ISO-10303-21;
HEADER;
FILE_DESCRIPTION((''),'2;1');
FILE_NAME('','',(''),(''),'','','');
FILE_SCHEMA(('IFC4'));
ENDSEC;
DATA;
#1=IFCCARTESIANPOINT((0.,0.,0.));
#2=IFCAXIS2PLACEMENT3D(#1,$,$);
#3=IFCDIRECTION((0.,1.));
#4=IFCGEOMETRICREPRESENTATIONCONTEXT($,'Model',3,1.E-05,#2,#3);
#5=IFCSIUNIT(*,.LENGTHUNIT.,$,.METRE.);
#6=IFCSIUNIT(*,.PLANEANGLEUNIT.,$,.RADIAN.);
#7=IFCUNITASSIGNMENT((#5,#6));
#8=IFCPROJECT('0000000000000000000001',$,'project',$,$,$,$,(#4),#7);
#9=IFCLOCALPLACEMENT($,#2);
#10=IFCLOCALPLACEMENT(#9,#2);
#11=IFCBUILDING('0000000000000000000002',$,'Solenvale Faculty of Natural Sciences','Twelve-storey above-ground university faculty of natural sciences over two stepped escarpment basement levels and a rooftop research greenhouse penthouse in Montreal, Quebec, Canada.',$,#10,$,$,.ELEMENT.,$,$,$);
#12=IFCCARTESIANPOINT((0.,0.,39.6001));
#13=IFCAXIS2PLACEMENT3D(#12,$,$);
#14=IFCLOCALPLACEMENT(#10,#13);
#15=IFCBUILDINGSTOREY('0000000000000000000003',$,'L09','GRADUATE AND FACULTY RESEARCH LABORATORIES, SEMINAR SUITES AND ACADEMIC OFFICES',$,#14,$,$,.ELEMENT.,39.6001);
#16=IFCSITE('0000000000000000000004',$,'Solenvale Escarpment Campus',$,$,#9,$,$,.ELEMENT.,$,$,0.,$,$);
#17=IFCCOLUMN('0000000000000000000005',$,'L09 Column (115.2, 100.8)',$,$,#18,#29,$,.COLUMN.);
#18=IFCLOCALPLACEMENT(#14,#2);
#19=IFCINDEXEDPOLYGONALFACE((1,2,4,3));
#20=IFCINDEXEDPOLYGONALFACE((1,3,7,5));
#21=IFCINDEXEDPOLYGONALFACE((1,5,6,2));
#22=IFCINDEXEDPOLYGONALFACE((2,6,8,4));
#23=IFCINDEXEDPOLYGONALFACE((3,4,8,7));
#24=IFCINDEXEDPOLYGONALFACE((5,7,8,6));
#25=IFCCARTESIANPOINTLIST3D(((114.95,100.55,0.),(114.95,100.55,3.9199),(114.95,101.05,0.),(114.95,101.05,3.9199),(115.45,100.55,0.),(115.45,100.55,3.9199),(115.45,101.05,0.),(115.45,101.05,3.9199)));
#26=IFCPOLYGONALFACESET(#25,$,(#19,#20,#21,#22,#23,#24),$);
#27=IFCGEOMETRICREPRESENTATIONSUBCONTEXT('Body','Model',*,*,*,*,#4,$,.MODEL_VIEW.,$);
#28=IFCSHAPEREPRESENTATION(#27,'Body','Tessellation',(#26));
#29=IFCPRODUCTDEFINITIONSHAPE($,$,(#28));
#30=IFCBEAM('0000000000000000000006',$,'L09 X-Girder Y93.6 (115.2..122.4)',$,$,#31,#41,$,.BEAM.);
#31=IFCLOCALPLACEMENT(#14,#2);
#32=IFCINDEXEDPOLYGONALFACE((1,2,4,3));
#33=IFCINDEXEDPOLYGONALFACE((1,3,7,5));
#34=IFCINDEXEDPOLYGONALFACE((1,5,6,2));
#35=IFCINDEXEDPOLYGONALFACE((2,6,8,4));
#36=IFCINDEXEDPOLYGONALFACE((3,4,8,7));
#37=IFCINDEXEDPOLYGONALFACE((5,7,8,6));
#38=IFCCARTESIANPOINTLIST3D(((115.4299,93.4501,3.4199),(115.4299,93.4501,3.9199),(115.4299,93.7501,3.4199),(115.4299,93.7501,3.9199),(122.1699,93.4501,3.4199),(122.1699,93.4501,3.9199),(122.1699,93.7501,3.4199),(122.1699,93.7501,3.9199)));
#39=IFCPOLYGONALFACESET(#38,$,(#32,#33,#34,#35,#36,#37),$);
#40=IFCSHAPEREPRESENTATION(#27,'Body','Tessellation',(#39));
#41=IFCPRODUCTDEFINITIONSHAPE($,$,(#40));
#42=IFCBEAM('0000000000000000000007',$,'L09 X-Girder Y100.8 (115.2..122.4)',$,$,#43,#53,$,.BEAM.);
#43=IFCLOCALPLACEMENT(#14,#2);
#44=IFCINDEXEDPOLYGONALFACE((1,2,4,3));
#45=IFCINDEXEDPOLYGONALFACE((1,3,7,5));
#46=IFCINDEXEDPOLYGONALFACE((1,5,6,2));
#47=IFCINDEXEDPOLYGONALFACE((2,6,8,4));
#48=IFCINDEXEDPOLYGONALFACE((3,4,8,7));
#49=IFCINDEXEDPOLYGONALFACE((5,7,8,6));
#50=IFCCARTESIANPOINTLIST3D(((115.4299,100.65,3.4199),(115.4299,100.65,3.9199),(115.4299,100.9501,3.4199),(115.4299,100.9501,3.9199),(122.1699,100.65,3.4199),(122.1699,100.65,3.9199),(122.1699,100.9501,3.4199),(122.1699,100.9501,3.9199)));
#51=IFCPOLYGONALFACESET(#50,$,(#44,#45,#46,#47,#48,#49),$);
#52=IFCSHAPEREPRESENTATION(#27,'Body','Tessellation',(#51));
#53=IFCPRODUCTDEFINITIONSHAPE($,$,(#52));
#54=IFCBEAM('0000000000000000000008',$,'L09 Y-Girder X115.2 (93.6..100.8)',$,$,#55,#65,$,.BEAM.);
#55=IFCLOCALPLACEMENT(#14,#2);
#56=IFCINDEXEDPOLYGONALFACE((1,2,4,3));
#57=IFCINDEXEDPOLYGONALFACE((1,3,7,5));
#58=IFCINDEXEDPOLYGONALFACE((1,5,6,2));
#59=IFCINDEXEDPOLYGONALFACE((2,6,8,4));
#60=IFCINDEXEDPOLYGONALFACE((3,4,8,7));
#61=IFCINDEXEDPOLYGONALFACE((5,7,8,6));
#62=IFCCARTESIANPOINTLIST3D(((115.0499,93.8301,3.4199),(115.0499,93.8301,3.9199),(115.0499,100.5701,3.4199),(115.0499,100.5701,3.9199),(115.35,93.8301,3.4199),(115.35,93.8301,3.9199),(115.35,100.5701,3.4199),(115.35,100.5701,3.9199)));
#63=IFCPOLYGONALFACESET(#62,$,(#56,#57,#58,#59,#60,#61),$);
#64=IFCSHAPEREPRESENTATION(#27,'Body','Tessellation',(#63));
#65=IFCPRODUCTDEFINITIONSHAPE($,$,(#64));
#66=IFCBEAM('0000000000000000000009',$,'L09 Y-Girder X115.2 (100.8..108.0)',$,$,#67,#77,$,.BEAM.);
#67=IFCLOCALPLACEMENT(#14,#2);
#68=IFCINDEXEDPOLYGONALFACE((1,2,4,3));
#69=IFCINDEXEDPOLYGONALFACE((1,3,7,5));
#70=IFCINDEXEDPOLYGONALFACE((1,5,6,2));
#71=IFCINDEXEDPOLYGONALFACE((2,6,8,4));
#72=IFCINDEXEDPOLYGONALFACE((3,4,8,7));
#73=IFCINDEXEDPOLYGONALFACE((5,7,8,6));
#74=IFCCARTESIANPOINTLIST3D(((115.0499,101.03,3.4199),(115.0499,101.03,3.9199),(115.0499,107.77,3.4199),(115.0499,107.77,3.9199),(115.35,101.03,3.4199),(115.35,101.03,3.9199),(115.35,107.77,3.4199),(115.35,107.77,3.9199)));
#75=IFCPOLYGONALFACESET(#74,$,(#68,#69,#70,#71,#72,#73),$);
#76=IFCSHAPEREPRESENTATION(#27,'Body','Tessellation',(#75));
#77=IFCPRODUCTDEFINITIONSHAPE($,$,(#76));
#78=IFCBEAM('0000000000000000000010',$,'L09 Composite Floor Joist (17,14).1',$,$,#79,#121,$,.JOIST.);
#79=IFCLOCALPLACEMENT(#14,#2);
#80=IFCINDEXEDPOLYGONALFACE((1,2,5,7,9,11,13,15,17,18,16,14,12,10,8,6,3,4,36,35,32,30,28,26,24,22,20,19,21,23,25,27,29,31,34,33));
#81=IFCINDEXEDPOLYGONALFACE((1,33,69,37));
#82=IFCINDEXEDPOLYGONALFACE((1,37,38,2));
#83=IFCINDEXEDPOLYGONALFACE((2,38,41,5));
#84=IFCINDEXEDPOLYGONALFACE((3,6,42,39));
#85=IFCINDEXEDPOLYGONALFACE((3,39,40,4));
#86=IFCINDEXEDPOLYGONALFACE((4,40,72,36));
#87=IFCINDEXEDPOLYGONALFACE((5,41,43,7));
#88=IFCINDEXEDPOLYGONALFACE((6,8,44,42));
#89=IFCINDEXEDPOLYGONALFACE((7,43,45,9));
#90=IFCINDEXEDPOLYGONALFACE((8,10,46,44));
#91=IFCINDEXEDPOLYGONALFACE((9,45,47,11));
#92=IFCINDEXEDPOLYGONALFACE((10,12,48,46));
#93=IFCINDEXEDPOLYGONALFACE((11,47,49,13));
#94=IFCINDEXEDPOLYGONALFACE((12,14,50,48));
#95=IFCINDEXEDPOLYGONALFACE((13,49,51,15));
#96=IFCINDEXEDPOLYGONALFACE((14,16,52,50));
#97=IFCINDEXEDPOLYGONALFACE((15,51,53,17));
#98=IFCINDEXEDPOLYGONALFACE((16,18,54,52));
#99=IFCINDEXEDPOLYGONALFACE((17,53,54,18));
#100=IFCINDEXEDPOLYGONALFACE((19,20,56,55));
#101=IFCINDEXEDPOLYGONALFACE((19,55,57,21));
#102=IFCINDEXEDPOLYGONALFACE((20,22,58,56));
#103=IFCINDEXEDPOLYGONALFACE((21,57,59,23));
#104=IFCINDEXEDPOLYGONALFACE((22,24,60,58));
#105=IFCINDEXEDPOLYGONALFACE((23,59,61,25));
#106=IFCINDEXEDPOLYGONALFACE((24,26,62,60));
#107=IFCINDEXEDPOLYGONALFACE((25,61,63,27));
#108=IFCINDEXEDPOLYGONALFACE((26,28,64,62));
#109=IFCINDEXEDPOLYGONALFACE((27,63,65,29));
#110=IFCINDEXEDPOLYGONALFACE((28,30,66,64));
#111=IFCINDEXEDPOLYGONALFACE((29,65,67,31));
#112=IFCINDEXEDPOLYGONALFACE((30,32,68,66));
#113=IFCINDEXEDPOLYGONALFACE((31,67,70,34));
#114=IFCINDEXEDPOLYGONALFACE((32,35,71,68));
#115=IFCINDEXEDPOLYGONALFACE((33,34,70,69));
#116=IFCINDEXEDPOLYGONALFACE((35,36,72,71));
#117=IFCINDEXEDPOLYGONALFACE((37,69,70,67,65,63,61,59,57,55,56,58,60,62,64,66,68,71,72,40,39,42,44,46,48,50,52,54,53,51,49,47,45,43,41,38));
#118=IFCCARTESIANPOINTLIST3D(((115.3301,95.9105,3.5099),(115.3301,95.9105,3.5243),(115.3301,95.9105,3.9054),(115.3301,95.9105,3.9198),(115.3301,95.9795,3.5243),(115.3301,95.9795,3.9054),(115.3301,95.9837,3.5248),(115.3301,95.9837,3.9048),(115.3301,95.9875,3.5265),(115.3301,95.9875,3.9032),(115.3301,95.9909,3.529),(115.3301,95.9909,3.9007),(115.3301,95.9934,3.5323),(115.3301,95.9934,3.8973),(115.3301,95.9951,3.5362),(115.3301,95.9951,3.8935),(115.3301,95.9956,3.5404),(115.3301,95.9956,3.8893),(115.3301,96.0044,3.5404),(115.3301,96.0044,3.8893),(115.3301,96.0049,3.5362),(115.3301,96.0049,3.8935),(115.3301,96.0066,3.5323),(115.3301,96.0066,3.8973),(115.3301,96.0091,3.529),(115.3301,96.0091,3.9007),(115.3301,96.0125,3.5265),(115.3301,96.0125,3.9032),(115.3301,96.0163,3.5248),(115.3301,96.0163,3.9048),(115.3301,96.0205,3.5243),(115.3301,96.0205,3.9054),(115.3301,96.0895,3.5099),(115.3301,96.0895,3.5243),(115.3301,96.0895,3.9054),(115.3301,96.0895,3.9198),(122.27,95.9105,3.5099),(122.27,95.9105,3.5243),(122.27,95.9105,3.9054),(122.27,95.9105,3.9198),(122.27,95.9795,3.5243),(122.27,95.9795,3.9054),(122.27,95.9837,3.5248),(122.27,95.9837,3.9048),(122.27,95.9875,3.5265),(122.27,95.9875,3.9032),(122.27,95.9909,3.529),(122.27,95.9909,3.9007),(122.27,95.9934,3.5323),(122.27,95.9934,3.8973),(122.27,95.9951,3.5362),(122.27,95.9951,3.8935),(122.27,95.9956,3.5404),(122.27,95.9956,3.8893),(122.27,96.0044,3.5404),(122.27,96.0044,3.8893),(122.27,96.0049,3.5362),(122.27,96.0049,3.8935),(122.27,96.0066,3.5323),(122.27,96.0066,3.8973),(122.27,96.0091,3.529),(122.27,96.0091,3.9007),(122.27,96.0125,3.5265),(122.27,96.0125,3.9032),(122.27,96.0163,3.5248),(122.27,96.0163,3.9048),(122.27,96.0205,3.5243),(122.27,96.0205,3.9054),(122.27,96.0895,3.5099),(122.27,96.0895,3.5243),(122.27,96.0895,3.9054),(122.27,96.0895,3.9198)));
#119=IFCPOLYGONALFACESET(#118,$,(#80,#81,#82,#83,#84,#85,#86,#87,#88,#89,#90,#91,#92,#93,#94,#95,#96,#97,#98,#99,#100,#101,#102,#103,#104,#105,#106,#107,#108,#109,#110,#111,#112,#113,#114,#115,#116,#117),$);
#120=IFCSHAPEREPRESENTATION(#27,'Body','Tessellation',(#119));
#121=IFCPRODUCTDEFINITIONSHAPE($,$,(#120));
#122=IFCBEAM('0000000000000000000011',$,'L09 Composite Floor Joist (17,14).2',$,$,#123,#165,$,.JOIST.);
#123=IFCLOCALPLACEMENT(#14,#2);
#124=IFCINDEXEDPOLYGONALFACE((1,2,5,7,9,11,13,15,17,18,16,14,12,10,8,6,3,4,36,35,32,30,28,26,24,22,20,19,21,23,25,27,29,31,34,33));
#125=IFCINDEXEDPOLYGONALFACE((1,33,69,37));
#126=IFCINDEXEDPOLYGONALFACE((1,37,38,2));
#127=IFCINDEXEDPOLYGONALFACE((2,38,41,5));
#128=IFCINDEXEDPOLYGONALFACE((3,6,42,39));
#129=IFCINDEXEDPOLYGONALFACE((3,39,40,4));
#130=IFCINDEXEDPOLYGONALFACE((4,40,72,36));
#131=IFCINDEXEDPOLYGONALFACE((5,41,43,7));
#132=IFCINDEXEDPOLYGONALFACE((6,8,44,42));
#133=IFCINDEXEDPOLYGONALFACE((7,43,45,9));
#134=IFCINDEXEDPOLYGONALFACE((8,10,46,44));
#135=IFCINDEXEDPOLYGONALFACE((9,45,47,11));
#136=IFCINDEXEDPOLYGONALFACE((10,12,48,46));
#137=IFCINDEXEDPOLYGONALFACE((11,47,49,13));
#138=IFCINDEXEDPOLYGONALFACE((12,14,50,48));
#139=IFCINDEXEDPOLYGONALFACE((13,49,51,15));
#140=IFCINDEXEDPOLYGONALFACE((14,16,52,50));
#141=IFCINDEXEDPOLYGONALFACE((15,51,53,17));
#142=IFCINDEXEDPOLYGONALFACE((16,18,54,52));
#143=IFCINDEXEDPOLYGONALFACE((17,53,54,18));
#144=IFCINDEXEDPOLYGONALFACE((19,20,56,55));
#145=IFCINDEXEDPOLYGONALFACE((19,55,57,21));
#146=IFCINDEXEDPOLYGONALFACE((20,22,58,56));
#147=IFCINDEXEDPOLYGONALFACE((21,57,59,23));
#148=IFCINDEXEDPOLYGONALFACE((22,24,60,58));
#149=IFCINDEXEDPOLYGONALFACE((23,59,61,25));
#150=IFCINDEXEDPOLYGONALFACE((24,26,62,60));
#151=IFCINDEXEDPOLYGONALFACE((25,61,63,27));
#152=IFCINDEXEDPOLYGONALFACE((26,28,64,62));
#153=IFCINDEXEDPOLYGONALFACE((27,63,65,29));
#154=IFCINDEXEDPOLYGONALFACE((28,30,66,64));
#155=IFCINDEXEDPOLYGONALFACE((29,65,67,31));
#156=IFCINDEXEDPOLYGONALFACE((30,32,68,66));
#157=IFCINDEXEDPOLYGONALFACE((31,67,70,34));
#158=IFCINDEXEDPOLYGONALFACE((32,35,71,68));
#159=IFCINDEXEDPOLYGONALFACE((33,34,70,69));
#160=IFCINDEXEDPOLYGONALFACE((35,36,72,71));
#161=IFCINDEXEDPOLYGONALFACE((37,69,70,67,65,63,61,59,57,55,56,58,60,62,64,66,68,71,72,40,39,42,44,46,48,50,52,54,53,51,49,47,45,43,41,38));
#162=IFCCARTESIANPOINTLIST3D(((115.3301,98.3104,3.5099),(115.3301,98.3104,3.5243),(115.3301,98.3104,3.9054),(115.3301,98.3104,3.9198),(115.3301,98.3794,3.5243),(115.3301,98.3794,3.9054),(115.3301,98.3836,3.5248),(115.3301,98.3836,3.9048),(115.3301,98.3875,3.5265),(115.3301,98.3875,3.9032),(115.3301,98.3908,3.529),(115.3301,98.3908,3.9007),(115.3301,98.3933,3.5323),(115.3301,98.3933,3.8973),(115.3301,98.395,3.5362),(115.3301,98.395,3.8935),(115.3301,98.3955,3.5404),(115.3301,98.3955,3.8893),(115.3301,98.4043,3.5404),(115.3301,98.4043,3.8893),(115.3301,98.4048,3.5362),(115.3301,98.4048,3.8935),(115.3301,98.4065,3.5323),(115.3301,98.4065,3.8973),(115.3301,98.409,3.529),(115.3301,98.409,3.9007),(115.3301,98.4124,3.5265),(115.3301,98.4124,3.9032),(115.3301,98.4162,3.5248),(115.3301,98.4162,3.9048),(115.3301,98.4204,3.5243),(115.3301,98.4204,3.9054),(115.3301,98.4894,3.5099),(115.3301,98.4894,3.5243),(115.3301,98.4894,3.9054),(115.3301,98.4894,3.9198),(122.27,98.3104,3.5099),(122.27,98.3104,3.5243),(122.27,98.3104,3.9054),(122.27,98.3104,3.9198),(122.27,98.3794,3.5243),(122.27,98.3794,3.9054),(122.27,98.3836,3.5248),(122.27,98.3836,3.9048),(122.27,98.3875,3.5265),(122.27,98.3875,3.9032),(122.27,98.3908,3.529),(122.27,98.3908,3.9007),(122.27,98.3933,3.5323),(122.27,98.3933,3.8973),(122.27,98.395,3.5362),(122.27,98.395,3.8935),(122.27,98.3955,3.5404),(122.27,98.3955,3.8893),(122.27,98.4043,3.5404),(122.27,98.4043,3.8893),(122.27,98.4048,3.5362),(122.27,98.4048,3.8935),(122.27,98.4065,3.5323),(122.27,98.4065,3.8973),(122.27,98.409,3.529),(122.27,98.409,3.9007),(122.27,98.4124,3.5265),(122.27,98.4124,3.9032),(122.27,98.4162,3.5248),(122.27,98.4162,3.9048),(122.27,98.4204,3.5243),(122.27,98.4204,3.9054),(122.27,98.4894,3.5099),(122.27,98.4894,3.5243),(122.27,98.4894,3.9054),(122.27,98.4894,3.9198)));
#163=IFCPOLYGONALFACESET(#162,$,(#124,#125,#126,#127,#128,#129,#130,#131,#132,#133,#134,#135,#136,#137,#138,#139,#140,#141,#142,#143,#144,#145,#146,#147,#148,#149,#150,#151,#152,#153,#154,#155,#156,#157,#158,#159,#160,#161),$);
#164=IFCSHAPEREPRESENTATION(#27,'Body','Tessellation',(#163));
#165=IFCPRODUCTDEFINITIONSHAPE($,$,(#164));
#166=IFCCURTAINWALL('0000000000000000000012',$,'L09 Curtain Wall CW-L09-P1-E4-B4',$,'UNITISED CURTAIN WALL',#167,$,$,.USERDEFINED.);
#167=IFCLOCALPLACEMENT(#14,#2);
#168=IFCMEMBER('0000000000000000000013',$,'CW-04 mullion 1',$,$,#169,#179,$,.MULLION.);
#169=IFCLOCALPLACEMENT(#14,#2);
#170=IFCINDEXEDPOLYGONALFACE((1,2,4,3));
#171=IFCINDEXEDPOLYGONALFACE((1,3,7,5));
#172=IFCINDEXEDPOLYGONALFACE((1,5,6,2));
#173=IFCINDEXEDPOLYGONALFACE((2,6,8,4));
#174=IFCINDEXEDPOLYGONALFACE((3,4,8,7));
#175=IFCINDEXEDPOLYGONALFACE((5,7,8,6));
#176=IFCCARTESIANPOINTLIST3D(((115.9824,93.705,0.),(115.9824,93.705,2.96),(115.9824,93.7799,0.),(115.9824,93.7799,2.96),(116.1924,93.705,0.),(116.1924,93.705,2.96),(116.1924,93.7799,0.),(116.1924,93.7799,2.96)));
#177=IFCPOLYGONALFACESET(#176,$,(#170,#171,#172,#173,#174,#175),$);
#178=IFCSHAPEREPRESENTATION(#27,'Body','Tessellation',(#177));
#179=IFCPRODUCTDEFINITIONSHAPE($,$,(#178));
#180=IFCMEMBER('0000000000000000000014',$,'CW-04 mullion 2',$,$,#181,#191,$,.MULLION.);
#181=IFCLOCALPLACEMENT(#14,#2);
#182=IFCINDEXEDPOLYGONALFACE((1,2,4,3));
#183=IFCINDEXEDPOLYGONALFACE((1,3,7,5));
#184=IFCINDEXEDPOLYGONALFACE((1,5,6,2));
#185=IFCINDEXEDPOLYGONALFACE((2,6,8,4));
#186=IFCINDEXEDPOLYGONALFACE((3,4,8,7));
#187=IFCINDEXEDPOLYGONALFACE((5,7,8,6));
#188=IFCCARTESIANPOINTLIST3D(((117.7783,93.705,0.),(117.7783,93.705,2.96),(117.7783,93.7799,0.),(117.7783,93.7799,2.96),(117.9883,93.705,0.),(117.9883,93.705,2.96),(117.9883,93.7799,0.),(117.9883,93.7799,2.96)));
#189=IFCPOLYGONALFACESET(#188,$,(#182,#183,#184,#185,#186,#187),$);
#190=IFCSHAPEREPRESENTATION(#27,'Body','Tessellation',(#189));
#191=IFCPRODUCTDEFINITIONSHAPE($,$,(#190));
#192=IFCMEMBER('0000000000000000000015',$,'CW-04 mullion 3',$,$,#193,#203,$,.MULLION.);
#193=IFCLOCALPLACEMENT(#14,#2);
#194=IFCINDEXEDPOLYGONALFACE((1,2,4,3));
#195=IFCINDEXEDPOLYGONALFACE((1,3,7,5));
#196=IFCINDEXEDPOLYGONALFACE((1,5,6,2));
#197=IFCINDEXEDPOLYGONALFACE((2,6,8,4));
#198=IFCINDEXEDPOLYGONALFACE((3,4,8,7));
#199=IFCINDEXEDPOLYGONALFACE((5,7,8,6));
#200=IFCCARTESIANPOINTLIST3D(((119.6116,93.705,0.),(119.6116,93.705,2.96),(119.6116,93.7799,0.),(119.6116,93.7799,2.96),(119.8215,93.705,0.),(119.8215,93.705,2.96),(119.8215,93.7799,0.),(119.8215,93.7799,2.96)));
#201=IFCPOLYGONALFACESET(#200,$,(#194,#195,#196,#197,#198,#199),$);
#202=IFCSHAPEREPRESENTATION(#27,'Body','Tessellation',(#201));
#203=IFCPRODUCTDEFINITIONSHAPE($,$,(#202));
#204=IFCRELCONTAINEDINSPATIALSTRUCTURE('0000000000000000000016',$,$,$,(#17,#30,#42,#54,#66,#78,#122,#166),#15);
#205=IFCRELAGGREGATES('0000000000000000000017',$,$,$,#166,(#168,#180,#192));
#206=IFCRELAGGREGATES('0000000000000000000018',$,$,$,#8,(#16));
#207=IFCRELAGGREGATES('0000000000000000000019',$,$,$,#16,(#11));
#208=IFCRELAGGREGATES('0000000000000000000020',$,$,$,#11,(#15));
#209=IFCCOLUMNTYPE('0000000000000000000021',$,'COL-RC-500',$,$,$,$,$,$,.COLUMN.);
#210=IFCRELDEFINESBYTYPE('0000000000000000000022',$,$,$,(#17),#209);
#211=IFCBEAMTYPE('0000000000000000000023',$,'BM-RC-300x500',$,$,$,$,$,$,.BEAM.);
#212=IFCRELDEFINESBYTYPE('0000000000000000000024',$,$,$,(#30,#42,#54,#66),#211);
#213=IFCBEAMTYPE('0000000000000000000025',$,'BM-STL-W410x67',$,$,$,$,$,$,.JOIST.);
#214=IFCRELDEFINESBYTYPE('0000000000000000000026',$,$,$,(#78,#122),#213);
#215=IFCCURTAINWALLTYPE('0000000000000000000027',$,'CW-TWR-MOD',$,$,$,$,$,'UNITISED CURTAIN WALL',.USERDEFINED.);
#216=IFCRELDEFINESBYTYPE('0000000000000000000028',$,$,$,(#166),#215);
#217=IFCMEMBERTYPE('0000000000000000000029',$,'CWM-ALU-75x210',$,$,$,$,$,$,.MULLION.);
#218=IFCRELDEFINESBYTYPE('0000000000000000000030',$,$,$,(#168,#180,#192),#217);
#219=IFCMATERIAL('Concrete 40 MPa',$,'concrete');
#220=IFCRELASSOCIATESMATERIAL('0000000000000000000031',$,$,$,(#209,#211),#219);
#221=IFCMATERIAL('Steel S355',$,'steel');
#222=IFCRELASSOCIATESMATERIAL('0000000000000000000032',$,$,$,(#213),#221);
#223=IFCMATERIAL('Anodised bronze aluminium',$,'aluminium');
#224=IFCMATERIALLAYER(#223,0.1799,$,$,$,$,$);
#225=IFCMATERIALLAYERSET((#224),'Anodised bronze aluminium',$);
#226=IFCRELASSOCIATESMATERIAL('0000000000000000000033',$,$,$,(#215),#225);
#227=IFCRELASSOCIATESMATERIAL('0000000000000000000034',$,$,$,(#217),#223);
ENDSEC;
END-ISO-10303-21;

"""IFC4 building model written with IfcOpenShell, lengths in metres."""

from ifc_helpers import new_model, si_unit, direction, frame, origin, origin_2d, place, context, subcontext, project, spatial, rectangle, i_section, extrude, material, layer, layer_set, material_profile, profile_set, type_object, element, aggregate, save


model = new_model("IFC4")

# Units and contexts
model_context = context("Model", 3, precision=1e-05, world=origin(), true_north=direction((0.0, 1.0)))
body_context = subcontext(model_context, "Body", "Model", "MODEL_VIEW")
ifc_project = project(units=[si_unit("LENGTHUNIT", "METRE"), si_unit("PLANEANGLEUNIT", "RADIAN")], contexts=[model_context])

# Site, building, storey
site_placement = place(None, origin())
site = spatial("IfcSite", under=ifc_project, at=site_placement, Name="Solenvale Escarpment Campus", CompositionType="ELEMENT", RefElevation=0.0)
building_placement = place(site_placement, origin())
building = spatial("IfcBuilding", under=site, at=building_placement, Name="Solenvale Faculty of Natural Sciences", Description="Twelve-storey above-ground university faculty of natural sciences over two stepped escarpment basement levels and a rooftop research greenhouse penthouse in Montreal, Quebec, Canada.", CompositionType="ELEMENT")
storey_placement = place(building_placement, frame((0.0, 0.0, 39.6001)))
storey = spatial("IfcBuildingStorey", under=building, at=storey_placement, Name="L09", Description="GRADUATE AND FACULTY RESEARCH LABORATORIES, SEMINAR SUITES AND ACADEMIC OFFICES", CompositionType="ELEMENT", Elevation=39.6001)

# Column
ifc_material_1 = material(Name="Concrete 40 MPa", Category="concrete")
ifc_material_profile_1 = material_profile(ifc_material_1, rectangle(XDim=0.5, YDim=0.5, at=origin_2d()), Name="RC-COL-500x500")
ifc_profile_set_1 = profile_set([ifc_material_profile_1], Name="Concrete 40 MPa")
column_type = type_object("IfcColumnType", Name="COL-RC-500", PredefinedType="COLUMN", material=ifc_profile_set_1)
column_placement = place(storey_placement, frame((115.2, 100.8, 0.0), z_axis=(0.0, 0.0, 1.0), x_axis=(1.0, 0.0, 0.0)))
element("IfcColumn", 1, at=column_placement, inside=storey, type_object=column_type, Name="L09 Column (115.2, 100.8)", PredefinedType="COLUMN", context=body_context, shape_type="SweptSolid", body=[
    extrude(rectangle(XDim=0.5, YDim=0.5, at=origin_2d()), origin(), (0.0, 0.0, 1.0), 3.9199),
])

# Beams
ifc_material_profile_2 = material_profile(ifc_material_1, rectangle(XDim=0.3, YDim=0.5, at=origin_2d()), Name="RC-BM-300x500")
ifc_profile_set_2 = profile_set([ifc_material_profile_2], Name="Concrete 40 MPa")
beam_type_1 = type_object("IfcBeamType", Name="BM-RC-300x500", PredefinedType="BEAM", material=ifc_profile_set_2)
for number, where, z_axis, x_axis, name in (
    (2, (115.4299, 93.6001, 3.6699), (1.0, 0.0, 0.0), (0.0, 1.0, 0.0), "L09 X-Girder Y93.6 (115.2..122.4)"),
    (3, (115.4299, 100.8, 3.6699), (1.0, 0.0, 0.0), (0.0, 1.0, 0.0), "L09 X-Girder Y100.8 (115.2..122.4)"),
    (4, (115.2, 93.8301, 3.6699), (0.0, 1.0, 0.0), (-1.0, 0.0, 0.0), "L09 Y-Girder X115.2 (93.6..100.8)"),
    (5, (115.2, 101.03, 3.6699), (0.0, 1.0, 0.0), (-1.0, 0.0, 0.0), "L09 Y-Girder X115.2 (100.8..108.0)"),
):
    element("IfcBeam", number, at=place(storey_placement, frame(where, z_axis=z_axis, x_axis=x_axis)), inside=storey, type_object=beam_type_1, Name=name, PredefinedType="BEAM", context=body_context, shape_type="SweptSolid", body=[
        extrude(rectangle(XDim=0.3, YDim=0.5, at=origin_2d()), origin(), (0.0, 0.0, 1.0), 6.74),
    ])
ifc_material_2 = material(Name="Steel S355", Category="steel")
ifc_material_profile_3 = material_profile(ifc_material_2, i_section(OverallWidth=0.179, OverallDepth=0.4099, WebThickness=0.0088, FlangeThickness=0.0144, FilletRadius=0.0161, at=origin_2d()), Name="W410x67")
ifc_profile_set_3 = profile_set([ifc_material_profile_3], Name="Steel S355")
beam_type_2 = type_object("IfcBeamType", Name="BM-STL-W410x67", PredefinedType="JOIST", material=ifc_profile_set_3)
for number, where, z_axis, x_axis, name in (
    (6, (115.3301, 96.0, 3.7148), (1.0, 0.0, 0.0), (0.0, 1.0, 0.0), "L09 Composite Floor Joist (17,14).1"),
    (7, (115.3301, 98.3999, 3.7148), (1.0, 0.0, 0.0), (0.0, 1.0, 0.0), "L09 Composite Floor Joist (17,14).2"),
):
    element("IfcBeam", number, at=place(storey_placement, frame(where, z_axis=z_axis, x_axis=x_axis)), inside=storey, type_object=beam_type_2, Name=name, PredefinedType="JOIST", context=body_context, shape_type="SweptSolid", body=[
        extrude(i_section(OverallWidth=0.179, OverallDepth=0.4099, WebThickness=0.0088, FlangeThickness=0.0144, FilletRadius=0.0161, at=origin_2d()), origin(), (0.0, 0.0, 1.0), 6.9399),
    ])

# Curtain wall, members
ifc_material_3 = material(Name="Anodised bronze aluminium", Category="aluminium")
ifc_layer_1 = layer(ifc_material_3, 0.1799)
ifc_layer_set_1 = layer_set([ifc_layer_1], Name="Anodised bronze aluminium")
curtain_wall_type = type_object("IfcCurtainWallType", Name="CW-TWR-MOD", ElementType="UNITISED CURTAIN WALL", PredefinedType="USERDEFINED", material=ifc_layer_set_1)
curtain_wall_placement = place(storey_placement, origin())
curtain_wall = element("IfcCurtainWall", 8, at=curtain_wall_placement, inside=storey, type_object=curtain_wall_type, Name="L09 Curtain Wall CW-L09-P1-E4-B4", ObjectType="UNITISED CURTAIN WALL", PredefinedType="USERDEFINED")
ifc_material_profile_4 = material_profile(ifc_material_3, rectangle(XDim=0.075, YDim=0.21, at=origin_2d()), Name="ALU-MUL-75x210")
ifc_profile_set_4 = profile_set([ifc_material_profile_4], Name="Anodised bronze aluminium")
member_type_1 = type_object("IfcMemberType", Name="CWM-ALU-75x210", PredefinedType="MULLION", material=ifc_profile_set_4)
member_1_placement = place(storey_placement, frame((116.0874, 93.7424, 0.0), z_axis=(0.0, 0.0, 1.0), x_axis=(0.0, 1.0, 0.0)))
member_1 = element("IfcMember", 9, at=member_1_placement, type_object=member_type_1, Name="CW-04 mullion 1", PredefinedType="MULLION", context=body_context, shape_type="SweptSolid", body=[
    extrude(rectangle(XDim=0.075, YDim=0.21, at=origin_2d()), origin(), (0.0, 0.0, 1.0), 2.96),
])
member_2_placement = place(storey_placement, frame((117.8833, 93.7424, 0.0), z_axis=(0.0, 0.0, 1.0), x_axis=(0.0, 1.0, 0.0)))
member_2 = element("IfcMember", 10, at=member_2_placement, type_object=member_type_1, Name="CW-04 mullion 2", PredefinedType="MULLION", context=body_context, shape_type="SweptSolid", body=[
    extrude(rectangle(XDim=0.075, YDim=0.21, at=origin_2d()), origin(), (0.0, 0.0, 1.0), 2.96),
])
member_3_placement = place(storey_placement, frame((119.7166, 93.7424, 0.0), z_axis=(0.0, 0.0, 1.0), x_axis=(0.0, 1.0, 0.0)))
member_3 = element("IfcMember", 11, at=member_3_placement, type_object=member_type_1, Name="CW-04 mullion 3", PredefinedType="MULLION", context=body_context, shape_type="SweptSolid", body=[
    extrude(rectangle(XDim=0.075, YDim=0.21, at=origin_2d()), origin(), (0.0, 0.0, 1.0), 2.96),
])
aggregate(curtain_wall, [member_1, member_2, member_3])

save(model, "model.ifc")
